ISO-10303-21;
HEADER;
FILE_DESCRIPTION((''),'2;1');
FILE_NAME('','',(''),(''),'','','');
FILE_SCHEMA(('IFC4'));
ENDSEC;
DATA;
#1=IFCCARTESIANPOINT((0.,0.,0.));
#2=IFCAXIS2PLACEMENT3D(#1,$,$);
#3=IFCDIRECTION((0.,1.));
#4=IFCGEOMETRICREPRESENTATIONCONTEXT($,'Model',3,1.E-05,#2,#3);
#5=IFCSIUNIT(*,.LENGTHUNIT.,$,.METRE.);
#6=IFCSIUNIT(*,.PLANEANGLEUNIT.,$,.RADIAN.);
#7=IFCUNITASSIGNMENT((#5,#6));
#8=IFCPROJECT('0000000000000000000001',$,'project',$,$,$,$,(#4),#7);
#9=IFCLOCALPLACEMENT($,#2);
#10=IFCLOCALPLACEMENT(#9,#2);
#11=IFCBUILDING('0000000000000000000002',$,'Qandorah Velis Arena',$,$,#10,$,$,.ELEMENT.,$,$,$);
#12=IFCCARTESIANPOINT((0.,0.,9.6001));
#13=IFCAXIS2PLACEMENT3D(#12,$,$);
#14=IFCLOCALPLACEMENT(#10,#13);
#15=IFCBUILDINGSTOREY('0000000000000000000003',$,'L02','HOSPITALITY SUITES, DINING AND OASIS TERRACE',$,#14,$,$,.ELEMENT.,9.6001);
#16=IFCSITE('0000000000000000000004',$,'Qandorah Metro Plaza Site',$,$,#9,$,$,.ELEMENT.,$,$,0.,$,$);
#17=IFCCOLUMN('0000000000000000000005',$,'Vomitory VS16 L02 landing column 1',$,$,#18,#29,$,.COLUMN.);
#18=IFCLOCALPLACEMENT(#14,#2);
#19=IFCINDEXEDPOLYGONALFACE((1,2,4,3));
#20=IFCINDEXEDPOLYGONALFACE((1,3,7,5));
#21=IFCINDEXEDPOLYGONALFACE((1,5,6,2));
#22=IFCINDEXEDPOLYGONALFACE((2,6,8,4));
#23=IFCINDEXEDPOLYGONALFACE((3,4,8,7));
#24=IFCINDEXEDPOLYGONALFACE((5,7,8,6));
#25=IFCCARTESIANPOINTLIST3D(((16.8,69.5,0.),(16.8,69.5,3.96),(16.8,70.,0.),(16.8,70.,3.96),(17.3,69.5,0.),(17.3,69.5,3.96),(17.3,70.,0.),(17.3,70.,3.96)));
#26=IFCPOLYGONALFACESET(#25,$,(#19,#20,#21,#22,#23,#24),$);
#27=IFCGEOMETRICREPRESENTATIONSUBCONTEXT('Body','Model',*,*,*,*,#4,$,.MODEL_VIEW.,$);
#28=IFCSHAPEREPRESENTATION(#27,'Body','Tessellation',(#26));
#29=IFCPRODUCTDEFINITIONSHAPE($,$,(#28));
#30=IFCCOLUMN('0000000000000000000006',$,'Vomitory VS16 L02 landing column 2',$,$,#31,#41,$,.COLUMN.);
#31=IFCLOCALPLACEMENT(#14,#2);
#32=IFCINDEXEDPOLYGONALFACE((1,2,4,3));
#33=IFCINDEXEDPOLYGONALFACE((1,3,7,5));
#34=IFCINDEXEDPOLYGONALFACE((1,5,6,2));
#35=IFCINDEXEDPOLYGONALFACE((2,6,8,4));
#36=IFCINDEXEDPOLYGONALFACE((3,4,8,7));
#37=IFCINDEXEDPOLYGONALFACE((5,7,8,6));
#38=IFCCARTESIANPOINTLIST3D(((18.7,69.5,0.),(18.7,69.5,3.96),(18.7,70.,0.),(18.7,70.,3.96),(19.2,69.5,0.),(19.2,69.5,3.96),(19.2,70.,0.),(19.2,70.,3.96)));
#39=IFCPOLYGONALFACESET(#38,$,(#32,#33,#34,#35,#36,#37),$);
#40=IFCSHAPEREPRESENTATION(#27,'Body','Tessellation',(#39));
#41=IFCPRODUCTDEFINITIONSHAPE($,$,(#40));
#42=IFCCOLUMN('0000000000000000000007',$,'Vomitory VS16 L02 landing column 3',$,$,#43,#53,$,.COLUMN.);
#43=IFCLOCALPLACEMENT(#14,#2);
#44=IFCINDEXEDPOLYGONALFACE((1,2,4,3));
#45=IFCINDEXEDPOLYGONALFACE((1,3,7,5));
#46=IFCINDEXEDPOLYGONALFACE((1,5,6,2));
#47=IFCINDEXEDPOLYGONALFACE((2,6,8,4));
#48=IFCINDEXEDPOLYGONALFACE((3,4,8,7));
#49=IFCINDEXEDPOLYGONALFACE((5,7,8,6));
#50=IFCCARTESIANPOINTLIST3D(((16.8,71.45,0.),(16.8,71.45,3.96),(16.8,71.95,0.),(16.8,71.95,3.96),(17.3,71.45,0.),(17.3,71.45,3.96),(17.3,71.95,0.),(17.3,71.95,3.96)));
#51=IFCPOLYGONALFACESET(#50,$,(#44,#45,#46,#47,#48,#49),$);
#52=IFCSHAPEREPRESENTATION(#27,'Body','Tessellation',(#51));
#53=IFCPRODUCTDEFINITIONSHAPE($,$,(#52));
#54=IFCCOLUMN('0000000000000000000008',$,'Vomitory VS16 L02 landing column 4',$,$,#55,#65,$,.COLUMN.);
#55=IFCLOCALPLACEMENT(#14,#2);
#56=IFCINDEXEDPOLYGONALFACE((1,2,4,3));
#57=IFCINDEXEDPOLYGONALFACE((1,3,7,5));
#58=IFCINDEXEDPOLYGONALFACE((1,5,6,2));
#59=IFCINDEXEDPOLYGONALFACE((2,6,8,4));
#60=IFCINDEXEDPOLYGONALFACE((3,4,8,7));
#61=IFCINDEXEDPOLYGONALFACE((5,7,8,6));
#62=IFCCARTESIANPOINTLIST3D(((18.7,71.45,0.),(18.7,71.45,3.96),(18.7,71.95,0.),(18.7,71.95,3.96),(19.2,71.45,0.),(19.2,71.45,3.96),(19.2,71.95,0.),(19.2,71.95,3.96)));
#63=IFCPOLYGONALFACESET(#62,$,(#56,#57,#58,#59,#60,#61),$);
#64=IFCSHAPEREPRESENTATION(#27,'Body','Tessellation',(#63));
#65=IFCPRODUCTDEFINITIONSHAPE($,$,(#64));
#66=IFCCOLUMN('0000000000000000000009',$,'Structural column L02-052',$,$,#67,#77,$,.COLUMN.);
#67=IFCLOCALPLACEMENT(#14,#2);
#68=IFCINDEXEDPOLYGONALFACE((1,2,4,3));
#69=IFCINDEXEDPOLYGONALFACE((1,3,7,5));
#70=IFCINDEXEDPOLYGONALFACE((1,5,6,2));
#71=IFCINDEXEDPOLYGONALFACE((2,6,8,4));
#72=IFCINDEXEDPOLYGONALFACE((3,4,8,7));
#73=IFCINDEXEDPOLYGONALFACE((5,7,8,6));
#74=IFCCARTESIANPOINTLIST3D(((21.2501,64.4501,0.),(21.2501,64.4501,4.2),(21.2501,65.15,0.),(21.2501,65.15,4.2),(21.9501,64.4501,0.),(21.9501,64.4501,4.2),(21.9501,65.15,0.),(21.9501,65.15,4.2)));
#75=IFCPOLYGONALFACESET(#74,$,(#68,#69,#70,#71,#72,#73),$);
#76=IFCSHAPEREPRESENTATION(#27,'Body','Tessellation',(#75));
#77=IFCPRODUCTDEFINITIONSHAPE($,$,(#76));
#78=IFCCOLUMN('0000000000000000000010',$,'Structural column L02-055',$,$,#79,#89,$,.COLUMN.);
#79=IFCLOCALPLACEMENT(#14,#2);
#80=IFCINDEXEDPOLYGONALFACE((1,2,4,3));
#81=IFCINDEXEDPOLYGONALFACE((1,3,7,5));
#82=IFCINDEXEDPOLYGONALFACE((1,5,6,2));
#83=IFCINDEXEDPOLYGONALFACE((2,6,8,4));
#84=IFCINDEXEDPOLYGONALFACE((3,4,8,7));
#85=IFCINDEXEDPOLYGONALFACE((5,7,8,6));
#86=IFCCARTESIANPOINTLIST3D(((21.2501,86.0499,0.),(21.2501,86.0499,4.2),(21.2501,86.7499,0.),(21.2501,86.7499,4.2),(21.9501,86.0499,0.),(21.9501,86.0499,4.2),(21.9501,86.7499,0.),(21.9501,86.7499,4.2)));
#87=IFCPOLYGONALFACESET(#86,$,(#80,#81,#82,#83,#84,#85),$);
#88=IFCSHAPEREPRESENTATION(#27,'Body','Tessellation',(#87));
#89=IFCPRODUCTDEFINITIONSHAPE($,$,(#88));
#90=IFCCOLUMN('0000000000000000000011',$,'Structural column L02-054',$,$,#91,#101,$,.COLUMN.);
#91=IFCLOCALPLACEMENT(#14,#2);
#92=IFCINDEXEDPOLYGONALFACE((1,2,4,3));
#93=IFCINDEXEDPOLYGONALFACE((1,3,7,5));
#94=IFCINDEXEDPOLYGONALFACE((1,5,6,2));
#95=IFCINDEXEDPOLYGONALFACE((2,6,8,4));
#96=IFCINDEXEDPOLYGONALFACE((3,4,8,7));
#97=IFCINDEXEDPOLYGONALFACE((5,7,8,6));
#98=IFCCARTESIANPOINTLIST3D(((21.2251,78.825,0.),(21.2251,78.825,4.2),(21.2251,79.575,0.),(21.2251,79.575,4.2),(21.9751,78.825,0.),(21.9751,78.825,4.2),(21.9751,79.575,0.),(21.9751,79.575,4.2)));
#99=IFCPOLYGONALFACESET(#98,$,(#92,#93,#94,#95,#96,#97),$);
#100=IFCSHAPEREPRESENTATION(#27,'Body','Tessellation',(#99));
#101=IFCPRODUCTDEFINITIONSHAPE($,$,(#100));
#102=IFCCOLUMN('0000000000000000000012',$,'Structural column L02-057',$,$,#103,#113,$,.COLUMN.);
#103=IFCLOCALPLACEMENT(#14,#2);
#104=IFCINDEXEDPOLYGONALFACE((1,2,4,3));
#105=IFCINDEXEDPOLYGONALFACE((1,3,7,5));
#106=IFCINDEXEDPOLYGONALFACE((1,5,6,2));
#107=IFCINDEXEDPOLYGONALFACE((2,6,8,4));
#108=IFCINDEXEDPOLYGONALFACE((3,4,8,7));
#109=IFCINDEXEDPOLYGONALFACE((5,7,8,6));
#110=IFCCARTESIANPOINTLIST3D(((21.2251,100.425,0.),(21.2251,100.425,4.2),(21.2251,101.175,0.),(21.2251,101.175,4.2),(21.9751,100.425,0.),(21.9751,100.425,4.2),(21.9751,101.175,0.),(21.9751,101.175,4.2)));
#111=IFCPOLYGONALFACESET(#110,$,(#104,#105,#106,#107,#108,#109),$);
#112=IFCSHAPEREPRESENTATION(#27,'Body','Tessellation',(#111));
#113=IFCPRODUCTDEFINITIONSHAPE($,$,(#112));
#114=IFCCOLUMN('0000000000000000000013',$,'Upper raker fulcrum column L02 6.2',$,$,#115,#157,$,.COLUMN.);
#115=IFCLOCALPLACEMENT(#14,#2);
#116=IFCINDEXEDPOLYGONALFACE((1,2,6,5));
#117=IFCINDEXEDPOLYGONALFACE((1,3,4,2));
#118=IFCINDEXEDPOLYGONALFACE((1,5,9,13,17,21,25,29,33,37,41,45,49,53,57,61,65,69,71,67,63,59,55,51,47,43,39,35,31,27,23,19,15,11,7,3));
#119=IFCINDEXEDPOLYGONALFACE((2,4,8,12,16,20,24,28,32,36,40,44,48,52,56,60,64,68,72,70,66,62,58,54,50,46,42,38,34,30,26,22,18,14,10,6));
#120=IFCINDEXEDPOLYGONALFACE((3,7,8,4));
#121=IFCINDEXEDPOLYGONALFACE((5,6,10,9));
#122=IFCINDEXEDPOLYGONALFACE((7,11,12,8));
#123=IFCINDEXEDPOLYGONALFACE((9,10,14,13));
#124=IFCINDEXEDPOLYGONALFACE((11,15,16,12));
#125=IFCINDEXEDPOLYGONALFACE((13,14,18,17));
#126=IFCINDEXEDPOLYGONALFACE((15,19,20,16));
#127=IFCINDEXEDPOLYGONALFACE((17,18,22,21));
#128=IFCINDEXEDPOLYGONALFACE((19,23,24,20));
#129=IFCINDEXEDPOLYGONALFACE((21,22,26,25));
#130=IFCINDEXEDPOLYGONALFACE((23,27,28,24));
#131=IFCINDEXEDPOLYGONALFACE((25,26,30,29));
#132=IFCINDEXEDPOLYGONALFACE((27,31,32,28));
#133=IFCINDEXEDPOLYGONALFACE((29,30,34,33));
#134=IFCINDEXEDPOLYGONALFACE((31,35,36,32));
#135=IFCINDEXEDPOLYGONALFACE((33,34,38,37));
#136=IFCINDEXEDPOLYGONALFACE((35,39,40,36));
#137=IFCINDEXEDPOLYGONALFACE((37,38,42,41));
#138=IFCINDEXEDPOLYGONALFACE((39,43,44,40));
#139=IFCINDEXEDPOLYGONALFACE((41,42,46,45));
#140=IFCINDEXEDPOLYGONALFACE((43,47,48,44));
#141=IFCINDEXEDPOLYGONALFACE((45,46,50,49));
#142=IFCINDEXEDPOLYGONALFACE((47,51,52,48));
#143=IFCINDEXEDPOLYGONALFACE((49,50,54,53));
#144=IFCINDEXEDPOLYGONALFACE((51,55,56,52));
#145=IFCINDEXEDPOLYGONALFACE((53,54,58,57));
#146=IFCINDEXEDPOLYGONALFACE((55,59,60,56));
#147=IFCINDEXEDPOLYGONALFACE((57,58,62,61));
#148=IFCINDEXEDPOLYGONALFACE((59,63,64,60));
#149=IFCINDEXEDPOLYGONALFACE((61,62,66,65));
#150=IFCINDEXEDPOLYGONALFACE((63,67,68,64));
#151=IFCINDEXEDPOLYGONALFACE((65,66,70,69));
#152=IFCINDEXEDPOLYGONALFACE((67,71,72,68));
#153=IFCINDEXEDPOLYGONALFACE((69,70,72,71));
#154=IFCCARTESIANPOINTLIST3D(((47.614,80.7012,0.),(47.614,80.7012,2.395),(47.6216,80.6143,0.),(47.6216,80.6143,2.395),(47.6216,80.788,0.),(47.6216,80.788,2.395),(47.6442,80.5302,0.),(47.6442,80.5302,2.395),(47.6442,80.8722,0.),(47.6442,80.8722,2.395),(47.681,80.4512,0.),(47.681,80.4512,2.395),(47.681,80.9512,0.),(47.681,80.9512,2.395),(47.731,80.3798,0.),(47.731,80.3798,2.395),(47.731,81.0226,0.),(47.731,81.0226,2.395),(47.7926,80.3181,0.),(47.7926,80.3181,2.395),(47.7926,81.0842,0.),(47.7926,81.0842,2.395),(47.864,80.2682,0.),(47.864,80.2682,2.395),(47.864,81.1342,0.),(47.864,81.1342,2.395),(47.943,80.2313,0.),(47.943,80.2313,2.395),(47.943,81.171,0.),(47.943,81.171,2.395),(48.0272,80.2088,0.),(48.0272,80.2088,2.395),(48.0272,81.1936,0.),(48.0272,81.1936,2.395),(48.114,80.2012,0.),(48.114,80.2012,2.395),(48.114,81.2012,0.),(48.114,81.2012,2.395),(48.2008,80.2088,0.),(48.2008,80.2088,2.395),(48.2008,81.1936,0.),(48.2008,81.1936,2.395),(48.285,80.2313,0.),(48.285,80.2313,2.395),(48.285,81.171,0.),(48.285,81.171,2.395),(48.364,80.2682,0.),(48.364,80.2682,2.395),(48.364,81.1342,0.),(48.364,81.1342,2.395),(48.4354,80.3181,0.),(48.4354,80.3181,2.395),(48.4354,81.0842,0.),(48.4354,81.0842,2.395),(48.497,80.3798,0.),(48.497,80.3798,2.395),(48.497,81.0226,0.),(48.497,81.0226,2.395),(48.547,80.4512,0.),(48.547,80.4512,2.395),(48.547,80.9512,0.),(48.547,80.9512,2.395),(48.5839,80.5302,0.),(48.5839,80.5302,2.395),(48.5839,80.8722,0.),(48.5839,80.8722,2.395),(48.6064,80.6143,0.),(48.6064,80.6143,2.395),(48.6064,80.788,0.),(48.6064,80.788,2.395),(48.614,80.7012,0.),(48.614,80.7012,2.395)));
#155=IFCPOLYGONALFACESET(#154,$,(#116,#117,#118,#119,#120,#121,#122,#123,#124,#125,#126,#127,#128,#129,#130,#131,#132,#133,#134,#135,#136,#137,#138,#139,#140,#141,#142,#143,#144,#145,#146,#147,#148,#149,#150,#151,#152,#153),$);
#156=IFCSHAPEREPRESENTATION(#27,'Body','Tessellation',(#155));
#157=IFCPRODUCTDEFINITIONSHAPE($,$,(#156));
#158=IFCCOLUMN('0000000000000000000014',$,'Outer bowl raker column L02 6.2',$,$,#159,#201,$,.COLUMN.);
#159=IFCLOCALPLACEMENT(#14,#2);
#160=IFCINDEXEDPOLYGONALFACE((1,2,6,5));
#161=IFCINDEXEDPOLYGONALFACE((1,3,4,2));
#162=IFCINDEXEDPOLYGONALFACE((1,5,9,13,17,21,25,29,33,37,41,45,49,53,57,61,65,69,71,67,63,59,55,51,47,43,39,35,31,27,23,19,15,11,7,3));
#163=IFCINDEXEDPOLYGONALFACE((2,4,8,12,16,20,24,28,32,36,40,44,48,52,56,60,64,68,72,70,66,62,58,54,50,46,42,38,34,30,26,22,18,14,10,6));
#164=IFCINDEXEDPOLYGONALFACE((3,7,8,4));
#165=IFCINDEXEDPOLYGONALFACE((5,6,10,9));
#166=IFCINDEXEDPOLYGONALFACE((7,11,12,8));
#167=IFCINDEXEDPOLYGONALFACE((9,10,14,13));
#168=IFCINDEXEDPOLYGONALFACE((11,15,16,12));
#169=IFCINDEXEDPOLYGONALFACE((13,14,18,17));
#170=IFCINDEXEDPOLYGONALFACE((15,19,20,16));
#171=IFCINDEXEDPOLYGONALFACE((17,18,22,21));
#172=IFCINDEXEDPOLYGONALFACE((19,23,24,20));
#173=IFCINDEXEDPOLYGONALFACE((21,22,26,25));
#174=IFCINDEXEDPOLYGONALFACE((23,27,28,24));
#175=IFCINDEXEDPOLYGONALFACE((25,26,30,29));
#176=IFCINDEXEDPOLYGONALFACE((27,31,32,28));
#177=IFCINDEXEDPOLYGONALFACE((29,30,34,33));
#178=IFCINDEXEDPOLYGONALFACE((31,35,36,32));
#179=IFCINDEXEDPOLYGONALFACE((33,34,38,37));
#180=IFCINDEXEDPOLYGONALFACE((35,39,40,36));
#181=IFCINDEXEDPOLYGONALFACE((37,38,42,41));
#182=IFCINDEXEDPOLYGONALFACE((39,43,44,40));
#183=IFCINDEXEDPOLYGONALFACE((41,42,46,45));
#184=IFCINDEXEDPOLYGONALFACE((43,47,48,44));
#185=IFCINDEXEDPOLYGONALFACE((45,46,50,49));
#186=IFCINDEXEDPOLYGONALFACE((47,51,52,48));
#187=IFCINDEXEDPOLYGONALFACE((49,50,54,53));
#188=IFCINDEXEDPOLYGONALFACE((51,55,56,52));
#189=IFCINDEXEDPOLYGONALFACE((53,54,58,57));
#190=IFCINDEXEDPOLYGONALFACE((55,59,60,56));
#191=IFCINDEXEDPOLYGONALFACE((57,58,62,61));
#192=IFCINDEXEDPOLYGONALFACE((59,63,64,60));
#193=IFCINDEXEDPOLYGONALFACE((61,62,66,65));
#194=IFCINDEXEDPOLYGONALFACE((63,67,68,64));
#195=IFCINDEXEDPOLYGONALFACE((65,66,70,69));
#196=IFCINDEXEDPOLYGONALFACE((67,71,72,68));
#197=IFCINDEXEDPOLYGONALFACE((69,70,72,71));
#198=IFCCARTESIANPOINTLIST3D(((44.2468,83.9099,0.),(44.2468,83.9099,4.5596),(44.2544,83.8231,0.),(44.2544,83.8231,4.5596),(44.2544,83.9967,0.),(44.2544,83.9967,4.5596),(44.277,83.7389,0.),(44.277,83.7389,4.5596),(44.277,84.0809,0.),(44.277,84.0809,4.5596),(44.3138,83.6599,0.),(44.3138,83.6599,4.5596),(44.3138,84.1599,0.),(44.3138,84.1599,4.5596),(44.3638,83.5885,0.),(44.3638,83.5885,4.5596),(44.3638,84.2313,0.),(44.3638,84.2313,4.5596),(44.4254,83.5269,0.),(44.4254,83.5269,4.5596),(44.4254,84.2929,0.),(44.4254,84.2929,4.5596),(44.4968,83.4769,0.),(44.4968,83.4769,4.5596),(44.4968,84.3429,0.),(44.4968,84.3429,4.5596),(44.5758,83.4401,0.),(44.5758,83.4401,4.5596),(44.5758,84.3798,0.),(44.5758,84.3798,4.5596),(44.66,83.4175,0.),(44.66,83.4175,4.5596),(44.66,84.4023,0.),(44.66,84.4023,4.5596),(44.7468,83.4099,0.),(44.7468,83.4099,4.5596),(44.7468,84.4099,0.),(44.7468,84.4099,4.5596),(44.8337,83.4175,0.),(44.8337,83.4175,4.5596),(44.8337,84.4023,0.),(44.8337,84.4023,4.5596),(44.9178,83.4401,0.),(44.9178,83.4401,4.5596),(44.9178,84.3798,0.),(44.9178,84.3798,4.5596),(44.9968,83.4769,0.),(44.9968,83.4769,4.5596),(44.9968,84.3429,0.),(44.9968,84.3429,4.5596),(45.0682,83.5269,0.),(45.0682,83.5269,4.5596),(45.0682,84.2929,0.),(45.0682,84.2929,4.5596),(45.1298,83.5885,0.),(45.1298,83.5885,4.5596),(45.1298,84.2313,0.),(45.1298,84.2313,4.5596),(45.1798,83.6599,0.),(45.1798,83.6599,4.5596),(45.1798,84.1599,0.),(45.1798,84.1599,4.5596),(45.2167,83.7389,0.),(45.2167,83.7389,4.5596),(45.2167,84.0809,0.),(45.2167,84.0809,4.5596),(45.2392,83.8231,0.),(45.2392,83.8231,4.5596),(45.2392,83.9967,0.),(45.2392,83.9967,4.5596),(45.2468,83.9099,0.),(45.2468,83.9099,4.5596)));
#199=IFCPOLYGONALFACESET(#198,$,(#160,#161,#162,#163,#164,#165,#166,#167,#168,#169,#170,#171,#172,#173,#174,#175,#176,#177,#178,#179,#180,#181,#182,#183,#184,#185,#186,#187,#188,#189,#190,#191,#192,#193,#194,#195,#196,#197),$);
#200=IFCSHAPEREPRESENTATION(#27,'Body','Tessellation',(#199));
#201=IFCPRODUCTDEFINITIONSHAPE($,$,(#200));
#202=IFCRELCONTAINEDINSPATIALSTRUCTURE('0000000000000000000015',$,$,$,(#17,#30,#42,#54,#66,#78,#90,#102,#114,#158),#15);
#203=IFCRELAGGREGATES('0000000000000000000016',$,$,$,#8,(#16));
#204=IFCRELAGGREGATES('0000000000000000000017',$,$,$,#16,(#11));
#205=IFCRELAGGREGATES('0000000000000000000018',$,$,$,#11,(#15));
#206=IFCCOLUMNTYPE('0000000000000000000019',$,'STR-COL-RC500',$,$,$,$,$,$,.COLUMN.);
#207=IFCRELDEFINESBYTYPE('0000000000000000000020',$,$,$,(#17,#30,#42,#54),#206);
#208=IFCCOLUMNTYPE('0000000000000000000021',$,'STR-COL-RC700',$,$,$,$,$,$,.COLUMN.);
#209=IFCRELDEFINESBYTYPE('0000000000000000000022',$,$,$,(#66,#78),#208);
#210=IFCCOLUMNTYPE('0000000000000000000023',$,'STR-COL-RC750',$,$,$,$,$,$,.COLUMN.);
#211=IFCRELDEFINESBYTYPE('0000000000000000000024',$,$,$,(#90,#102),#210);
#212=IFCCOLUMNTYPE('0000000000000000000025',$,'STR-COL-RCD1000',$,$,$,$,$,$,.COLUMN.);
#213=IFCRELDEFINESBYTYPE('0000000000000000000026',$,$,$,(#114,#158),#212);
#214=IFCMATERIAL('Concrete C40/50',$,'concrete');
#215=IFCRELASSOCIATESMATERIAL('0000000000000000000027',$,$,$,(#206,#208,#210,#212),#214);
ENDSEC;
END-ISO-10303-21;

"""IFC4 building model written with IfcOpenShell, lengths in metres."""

from ifc_helpers import new_model, si_unit, direction, frame, origin, origin_2d, place, context, subcontext, project, spatial, rectangle, circle, extrude, material, material_profile, profile_set, type_object, element, save


model = new_model("IFC4")

# Units and contexts
model_context = context("Model", 3, precision=1e-05, world=origin(), true_north=direction((0.0, 1.0)))
body_context = subcontext(model_context, "Body", "Model", "MODEL_VIEW")
ifc_project = project(units=[si_unit("LENGTHUNIT", "METRE"), si_unit("PLANEANGLEUNIT", "RADIAN")], contexts=[model_context])

# Site, building, storey
site_placement = place(None, origin())
site = spatial("IfcSite", under=ifc_project, at=site_placement, Name="Qandorah Metro Plaza Site", CompositionType="ELEMENT", RefElevation=0.0)
building_placement = place(site_placement, origin())
building = spatial("IfcBuilding", under=site, at=building_placement, Name="Qandorah Velis Arena", CompositionType="ELEMENT")
storey_placement = place(building_placement, frame((0.0, 0.0, 9.6001)))
storey = spatial("IfcBuildingStorey", under=building, at=storey_placement, Name="L02", Description="HOSPITALITY SUITES, DINING AND OASIS TERRACE", CompositionType="ELEMENT", Elevation=9.6001)

# Columns
ifc_material_1 = material(Name="Concrete C40/50", Category="concrete")
ifc_material_profile_1 = material_profile(ifc_material_1, rectangle(XDim=0.5, YDim=0.5, at=origin_2d()), Name="RC COL 500x500")
ifc_profile_set_1 = profile_set([ifc_material_profile_1], Name="Concrete C40/50")
column_type_1 = type_object("IfcColumnType", Name="STR-COL-RC500", PredefinedType="COLUMN", material=ifc_profile_set_1)
for number, where, z_axis, x_axis, name in (
    (1, (17.05, 69.75, 0.0), (0.0, 0.0, 1.0), (1.0, 0.0, 0.0), "Vomitory VS16 L02 landing column 1"),
    (2, (18.95, 69.75, 0.0), (0.0, 0.0, 1.0), (1.0, 0.0, 0.0), "Vomitory VS16 L02 landing column 2"),
    (3, (17.05, 71.7, 0.0), (0.0, 0.0, 1.0), (1.0, 0.0, 0.0), "Vomitory VS16 L02 landing column 3"),
    (4, (18.95, 71.7, 0.0), (0.0, 0.0, 1.0), (1.0, 0.0, 0.0), "Vomitory VS16 L02 landing column 4"),
):
    element("IfcColumn", number, at=place(storey_placement, frame(where, z_axis=z_axis, x_axis=x_axis)), inside=storey, type_object=column_type_1, Name=name, PredefinedType="COLUMN", context=body_context, shape_type="SweptSolid", body=[
        extrude(rectangle(XDim=0.5, YDim=0.5, at=origin_2d()), origin(), (0.0, 0.0, 1.0), 3.96),
    ])
ifc_material_profile_2 = material_profile(ifc_material_1, rectangle(XDim=0.7, YDim=0.7, at=origin_2d()), Name="RC COL 700x700")
ifc_profile_set_2 = profile_set([ifc_material_profile_2], Name="Concrete C40/50")
column_type_2 = type_object("IfcColumnType", Name="STR-COL-RC700", PredefinedType="COLUMN", material=ifc_profile_set_2)
for number, where, z_axis, x_axis, name in (
    (5, (21.6001, 64.8, 0.0), (0.0, 0.0, 1.0), (1.0, 0.0, 0.0), "Structural column L02-052"),
    (6, (21.6001, 86.3999, 0.0), (0.0, 0.0, 1.0), (1.0, 0.0, 0.0), "Structural column L02-055"),
):
    element("IfcColumn", number, at=place(storey_placement, frame(where, z_axis=z_axis, x_axis=x_axis)), inside=storey, type_object=column_type_2, Name=name, PredefinedType="COLUMN", context=body_context, shape_type="SweptSolid", body=[
        extrude(rectangle(XDim=0.7, YDim=0.7, at=origin_2d()), origin(), (0.0, 0.0, 1.0), 4.2),
    ])
ifc_material_profile_3 = material_profile(ifc_material_1, rectangle(XDim=0.75, YDim=0.75, at=origin_2d()), Name="RC COL 750x750")
ifc_profile_set_3 = profile_set([ifc_material_profile_3], Name="Concrete C40/50")
column_type_3 = type_object("IfcColumnType", Name="STR-COL-RC750", PredefinedType="COLUMN", material=ifc_profile_set_3)
for number, where, z_axis, x_axis, name in (
    (7, (21.6001, 79.2, 0.0), (0.0, 0.0, 1.0), (1.0, 0.0, 0.0), "Structural column L02-054"),
    (8, (21.6001, 100.8, 0.0), (0.0, 0.0, 1.0), (1.0, 0.0, 0.0), "Structural column L02-057"),
):
    element("IfcColumn", number, at=place(storey_placement, frame(where, z_axis=z_axis, x_axis=x_axis)), inside=storey, type_object=column_type_3, Name=name, PredefinedType="COLUMN", context=body_context, shape_type="SweptSolid", body=[
        extrude(rectangle(XDim=0.75, YDim=0.75, at=origin_2d()), origin(), (0.0, 0.0, 1.0), 4.2),
    ])
ifc_material_profile_4 = material_profile(ifc_material_1, circle(Radius=0.5, at=origin_2d()), Name="RC D1000")
ifc_profile_set_4 = profile_set([ifc_material_profile_4], Name="Concrete C40/50")
column_type_4 = type_object("IfcColumnType", Name="STR-COL-RCD1000", PredefinedType="COLUMN", material=ifc_profile_set_4)
column_1_placement = place(storey_placement, frame((48.114, 80.7012, 0.0), z_axis=(0.0, 0.0, 1.0), x_axis=(1.0, 0.0, 0.0)))
element("IfcColumn", 9, at=column_1_placement, inside=storey, type_object=column_type_4, Name="Upper raker fulcrum column L02 6.2", PredefinedType="COLUMN", context=body_context, shape_type="SweptSolid", body=[
    extrude(circle(Radius=0.5, at=origin_2d()), origin(), (0.0, 0.0, 1.0), 2.395),
])
column_2_placement = place(storey_placement, frame((44.7468, 83.9099, 0.0), z_axis=(0.0, 0.0, 1.0), x_axis=(1.0, 0.0, 0.0)))
element("IfcColumn", 10, at=column_2_placement, inside=storey, type_object=column_type_4, Name="Outer bowl raker column L02 6.2", PredefinedType="COLUMN", context=body_context, shape_type="SweptSolid", body=[
    extrude(circle(Radius=0.5, at=origin_2d()), origin(), (0.0, 0.0, 1.0), 4.5596),
])

save(model, "model.ifc")
